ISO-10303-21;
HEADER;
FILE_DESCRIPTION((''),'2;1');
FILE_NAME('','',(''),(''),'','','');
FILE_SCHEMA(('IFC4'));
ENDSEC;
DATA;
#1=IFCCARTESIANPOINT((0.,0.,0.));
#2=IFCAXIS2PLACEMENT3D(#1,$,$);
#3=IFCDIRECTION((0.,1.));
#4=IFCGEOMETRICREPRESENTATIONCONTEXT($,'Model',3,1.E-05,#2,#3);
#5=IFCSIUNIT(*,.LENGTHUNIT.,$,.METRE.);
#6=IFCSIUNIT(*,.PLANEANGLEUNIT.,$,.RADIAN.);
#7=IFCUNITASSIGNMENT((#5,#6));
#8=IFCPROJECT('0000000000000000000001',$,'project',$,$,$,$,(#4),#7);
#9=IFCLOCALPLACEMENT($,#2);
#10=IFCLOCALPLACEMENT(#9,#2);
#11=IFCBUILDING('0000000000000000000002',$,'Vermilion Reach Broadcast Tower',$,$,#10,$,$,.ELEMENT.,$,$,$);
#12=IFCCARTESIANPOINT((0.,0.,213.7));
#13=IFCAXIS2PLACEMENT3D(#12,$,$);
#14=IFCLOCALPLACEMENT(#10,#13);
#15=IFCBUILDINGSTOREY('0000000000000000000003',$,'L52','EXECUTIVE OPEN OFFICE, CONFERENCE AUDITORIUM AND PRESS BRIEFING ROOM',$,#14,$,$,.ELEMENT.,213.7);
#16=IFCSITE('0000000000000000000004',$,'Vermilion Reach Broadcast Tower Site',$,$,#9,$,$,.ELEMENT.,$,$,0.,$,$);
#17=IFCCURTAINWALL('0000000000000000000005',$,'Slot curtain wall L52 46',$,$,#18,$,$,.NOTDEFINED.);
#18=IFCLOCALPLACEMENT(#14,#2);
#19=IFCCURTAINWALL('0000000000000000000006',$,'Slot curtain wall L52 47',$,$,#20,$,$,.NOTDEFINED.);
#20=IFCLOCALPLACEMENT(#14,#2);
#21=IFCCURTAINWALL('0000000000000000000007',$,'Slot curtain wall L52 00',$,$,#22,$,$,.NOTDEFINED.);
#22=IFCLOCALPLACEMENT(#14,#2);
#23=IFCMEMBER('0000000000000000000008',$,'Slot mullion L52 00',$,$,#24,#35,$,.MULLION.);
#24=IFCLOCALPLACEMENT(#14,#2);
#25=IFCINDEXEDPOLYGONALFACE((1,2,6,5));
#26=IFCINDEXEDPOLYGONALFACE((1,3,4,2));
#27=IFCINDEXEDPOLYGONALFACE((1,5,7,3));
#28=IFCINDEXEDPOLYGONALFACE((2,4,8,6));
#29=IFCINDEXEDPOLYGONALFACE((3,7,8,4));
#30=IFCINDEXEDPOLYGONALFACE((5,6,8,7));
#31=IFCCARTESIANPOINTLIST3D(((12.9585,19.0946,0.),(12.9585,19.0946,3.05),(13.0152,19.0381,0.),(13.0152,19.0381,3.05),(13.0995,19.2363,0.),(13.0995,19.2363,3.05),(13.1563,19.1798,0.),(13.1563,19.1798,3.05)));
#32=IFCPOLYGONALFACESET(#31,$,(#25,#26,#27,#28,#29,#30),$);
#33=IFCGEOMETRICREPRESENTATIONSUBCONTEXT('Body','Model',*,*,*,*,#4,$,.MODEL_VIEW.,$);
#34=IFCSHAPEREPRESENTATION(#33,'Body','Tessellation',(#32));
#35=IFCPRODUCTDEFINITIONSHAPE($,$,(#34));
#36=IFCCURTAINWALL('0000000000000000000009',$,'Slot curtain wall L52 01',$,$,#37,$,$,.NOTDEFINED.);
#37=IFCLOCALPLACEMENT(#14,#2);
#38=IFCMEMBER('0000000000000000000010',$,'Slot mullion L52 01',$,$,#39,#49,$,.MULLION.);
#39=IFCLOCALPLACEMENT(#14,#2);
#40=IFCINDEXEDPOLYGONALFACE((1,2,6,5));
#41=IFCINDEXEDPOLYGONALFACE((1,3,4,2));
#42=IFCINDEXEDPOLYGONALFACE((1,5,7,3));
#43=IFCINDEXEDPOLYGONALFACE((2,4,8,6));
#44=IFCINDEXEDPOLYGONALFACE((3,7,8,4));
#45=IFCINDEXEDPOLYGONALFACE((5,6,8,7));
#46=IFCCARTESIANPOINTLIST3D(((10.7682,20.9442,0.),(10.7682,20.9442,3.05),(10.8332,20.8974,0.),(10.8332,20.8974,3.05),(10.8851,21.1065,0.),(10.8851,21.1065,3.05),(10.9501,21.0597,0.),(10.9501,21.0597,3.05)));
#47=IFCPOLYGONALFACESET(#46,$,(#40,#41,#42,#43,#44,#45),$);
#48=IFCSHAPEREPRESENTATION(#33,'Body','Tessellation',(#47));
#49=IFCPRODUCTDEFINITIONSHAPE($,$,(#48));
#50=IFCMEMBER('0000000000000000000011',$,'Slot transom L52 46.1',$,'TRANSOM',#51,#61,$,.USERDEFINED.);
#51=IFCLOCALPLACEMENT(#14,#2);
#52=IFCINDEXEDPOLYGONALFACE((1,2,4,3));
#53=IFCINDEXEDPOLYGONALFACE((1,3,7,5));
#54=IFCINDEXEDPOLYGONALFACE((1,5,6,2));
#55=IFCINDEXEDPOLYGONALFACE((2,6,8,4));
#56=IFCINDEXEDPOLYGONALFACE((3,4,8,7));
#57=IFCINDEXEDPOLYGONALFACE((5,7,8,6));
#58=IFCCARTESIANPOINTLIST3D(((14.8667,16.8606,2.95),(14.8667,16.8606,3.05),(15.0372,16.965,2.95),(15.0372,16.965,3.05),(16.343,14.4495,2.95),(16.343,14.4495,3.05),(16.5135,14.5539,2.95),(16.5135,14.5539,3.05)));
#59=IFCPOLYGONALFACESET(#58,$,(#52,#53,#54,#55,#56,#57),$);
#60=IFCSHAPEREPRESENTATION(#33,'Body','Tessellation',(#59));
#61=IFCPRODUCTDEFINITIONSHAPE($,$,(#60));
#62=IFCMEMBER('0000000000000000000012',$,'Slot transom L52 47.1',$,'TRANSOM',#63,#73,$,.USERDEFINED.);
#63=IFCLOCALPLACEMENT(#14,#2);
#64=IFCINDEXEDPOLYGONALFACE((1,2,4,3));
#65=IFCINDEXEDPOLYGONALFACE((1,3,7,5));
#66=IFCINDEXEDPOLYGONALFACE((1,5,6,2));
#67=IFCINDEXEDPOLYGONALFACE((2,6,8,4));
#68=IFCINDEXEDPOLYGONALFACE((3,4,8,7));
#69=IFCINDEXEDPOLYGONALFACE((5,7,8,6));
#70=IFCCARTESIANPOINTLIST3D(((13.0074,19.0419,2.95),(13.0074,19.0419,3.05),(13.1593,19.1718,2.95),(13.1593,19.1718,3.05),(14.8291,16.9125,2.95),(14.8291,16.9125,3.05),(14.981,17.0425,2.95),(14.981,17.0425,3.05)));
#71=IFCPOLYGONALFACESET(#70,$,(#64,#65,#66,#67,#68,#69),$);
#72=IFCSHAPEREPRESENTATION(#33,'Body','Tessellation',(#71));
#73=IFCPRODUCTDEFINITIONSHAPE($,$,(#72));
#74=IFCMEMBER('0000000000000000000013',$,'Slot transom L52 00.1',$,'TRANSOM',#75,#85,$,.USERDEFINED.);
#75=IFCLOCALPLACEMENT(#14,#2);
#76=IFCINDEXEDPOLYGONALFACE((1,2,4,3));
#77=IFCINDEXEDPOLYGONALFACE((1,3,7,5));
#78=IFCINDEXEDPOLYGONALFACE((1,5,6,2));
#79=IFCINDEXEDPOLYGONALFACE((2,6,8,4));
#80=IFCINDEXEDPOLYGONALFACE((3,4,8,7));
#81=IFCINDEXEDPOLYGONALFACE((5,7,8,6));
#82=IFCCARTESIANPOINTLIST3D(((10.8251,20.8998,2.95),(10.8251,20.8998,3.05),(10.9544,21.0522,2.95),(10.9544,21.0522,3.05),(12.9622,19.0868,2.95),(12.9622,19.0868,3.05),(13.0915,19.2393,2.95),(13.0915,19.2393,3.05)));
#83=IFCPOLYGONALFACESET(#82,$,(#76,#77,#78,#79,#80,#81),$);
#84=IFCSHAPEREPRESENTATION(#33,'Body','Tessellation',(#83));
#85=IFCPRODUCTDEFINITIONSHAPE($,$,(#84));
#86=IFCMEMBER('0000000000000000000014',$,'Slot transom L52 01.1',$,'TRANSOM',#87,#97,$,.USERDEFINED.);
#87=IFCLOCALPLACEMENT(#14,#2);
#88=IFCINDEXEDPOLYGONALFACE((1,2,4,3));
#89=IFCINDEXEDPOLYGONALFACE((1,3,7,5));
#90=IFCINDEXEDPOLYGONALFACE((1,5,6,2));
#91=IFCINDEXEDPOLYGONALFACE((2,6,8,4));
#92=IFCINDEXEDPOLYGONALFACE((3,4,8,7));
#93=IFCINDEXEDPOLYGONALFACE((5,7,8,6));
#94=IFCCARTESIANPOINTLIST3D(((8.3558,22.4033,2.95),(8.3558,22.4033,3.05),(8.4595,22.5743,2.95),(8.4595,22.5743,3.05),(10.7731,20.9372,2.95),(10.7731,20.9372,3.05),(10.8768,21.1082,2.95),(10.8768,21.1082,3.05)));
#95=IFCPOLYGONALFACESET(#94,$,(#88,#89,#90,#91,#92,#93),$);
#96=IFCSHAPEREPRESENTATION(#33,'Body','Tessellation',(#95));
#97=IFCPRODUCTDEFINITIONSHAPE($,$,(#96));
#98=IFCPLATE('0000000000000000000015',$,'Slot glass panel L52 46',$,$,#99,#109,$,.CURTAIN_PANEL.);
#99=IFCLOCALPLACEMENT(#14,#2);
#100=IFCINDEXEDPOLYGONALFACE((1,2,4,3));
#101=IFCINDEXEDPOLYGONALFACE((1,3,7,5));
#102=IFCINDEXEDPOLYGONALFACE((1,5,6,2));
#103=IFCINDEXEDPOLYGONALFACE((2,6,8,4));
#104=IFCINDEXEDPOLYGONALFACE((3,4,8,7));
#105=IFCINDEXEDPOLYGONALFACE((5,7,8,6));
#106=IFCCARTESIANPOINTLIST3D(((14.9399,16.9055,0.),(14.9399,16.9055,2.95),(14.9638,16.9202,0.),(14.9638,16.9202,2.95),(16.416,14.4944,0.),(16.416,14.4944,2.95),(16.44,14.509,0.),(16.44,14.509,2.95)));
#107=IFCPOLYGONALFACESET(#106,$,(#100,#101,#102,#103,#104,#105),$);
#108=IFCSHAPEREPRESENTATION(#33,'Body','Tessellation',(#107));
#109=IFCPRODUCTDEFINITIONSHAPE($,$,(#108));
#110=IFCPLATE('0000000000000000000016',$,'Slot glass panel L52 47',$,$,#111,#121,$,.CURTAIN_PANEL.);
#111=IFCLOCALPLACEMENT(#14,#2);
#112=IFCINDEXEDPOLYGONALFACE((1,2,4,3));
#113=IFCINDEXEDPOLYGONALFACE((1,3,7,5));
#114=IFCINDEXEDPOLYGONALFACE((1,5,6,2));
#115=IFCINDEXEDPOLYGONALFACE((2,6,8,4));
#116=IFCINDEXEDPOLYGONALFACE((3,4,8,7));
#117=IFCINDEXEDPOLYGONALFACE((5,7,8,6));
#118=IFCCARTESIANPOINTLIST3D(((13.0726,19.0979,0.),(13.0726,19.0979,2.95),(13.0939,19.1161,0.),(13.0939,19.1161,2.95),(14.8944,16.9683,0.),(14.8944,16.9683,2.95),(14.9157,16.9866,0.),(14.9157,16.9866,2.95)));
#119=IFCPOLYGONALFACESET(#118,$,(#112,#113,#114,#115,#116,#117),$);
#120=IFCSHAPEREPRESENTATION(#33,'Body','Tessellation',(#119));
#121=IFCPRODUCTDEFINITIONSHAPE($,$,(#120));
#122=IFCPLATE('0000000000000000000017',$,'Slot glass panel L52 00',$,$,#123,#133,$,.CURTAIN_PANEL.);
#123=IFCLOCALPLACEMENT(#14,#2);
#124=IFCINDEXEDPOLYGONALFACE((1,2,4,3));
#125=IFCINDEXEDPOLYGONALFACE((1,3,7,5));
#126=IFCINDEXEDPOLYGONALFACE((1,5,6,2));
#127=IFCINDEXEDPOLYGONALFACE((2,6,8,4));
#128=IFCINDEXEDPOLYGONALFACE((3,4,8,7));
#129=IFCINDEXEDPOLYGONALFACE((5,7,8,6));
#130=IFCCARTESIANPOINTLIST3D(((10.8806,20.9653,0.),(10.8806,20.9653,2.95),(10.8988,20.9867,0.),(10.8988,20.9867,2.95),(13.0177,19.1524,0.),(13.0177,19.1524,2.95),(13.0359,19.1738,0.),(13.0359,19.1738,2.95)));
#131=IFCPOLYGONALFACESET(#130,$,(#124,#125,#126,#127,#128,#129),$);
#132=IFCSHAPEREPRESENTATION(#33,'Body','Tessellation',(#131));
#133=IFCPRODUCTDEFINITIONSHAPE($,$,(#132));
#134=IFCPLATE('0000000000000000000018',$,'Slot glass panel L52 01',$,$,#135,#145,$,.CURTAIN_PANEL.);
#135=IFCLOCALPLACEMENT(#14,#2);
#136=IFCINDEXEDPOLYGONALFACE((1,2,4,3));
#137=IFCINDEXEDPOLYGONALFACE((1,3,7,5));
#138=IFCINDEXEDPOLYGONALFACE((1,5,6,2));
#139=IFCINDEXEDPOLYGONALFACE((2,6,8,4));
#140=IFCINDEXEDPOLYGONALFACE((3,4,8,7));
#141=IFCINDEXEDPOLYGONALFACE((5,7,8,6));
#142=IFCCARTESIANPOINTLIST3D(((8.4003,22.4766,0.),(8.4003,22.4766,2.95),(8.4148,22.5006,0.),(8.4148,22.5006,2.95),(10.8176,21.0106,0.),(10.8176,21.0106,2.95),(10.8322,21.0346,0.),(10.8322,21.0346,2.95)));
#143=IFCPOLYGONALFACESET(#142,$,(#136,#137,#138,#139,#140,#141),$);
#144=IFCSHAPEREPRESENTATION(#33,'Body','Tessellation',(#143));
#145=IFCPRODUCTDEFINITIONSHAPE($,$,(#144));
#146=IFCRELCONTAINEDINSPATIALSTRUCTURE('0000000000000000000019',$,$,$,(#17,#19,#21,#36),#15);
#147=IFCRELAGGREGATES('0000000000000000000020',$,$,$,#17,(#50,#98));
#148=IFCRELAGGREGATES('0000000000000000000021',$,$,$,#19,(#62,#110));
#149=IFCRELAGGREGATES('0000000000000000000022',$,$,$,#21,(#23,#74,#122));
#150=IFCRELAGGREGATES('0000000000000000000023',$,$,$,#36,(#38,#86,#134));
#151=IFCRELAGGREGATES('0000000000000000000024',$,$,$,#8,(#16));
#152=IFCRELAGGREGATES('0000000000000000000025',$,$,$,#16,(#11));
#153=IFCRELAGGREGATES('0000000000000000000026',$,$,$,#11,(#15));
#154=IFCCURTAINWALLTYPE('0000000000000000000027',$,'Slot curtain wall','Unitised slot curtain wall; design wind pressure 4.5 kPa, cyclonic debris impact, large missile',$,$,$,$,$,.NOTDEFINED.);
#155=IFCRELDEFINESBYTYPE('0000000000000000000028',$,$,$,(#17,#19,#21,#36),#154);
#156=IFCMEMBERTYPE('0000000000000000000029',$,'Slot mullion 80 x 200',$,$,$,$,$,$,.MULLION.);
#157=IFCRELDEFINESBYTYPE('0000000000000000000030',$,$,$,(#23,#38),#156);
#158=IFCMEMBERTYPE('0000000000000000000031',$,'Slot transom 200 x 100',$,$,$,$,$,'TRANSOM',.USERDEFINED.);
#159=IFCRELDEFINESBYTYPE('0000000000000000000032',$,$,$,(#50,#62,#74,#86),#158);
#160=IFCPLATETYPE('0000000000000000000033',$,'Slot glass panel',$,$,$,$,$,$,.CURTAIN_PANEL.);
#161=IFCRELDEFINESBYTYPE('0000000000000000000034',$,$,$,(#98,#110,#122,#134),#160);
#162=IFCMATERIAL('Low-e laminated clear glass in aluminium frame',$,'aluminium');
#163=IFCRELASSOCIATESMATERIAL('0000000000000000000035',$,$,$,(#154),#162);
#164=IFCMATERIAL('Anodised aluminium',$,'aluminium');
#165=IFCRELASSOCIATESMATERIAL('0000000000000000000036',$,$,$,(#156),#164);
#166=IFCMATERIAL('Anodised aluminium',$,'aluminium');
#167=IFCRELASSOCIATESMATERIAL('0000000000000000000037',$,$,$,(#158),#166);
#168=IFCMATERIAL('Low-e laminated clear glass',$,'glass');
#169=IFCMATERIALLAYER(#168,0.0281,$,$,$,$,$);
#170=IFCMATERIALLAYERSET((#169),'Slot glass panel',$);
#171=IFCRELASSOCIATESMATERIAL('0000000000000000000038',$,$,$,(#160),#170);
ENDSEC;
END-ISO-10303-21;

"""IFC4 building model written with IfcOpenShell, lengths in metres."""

from ifc_helpers import new_model, si_unit, direction, frame, origin, origin_2d, place, context, subcontext, project, spatial, rectangle, extrude, material, layer, layer_set, material_profile, profile_set, type_object, element, aggregate, save


model = new_model("IFC4")

# Units and contexts
model_context = context("Model", 3, precision=1e-05, world=origin(), true_north=direction((0.0, 1.0)))
body_context = subcontext(model_context, "Body", "Model", "MODEL_VIEW")
ifc_project = project(units=[si_unit("LENGTHUNIT", "METRE"), si_unit("PLANEANGLEUNIT", "RADIAN")], contexts=[model_context])

# Site, building, storey
site_placement = place(None, origin())
site = spatial("IfcSite", under=ifc_project, at=site_placement, Name="Vermilion Reach Broadcast Tower Site", CompositionType="ELEMENT", RefElevation=0.0)
building_placement = place(site_placement, origin())
building = spatial("IfcBuilding", under=site, at=building_placement, Name="Vermilion Reach Broadcast Tower", CompositionType="ELEMENT")
storey_placement = place(building_placement, frame((0.0, 0.0, 213.7)))
storey = spatial("IfcBuildingStorey", under=building, at=storey_placement, Name="L52", Description="EXECUTIVE OPEN OFFICE, CONFERENCE AUDITORIUM AND PRESS BRIEFING ROOM", CompositionType="ELEMENT", Elevation=213.7)

# Curtain walls, members
ifc_material_1 = material(Name="Low-e laminated clear glass in aluminium frame", Category="aluminium")
curtain_wall_type = type_object("IfcCurtainWallType", Name="Slot curtain wall", Description="Unitised slot curtain wall; design wind pressure 4.5 kPa, cyclonic debris impact, large missile", PredefinedType="NOTDEFINED", material=ifc_material_1)
placement = place(storey_placement, origin())
curtain_wall_1 = element("IfcCurtainWall", 1, at=placement, inside=storey, type_object=curtain_wall_type, Name="Slot curtain wall L52 46", PredefinedType="NOTDEFINED")
ifc_material_2 = material(Name="Anodised aluminium", Category="aluminium")
ifc_material_profile_1 = material_profile(ifc_material_2, rectangle(XDim=0.2, YDim=0.0801, at=origin_2d()), Name="Slot mullion 80 x 200")
ifc_profile_set_1 = profile_set([ifc_material_profile_1], Name="Anodised aluminium")
member_type_1 = type_object("IfcMemberType", Name="Slot mullion 80 x 200", PredefinedType="MULLION", material=ifc_profile_set_1)
curtain_wall_2 = element("IfcCurtainWall", 2, at=placement, inside=storey, type_object=curtain_wall_type, Name="Slot curtain wall L52 47", PredefinedType="NOTDEFINED")
curtain_wall_3 = element("IfcCurtainWall", 3, at=placement, inside=storey, type_object=curtain_wall_type, Name="Slot curtain wall L52 00", PredefinedType="NOTDEFINED")
member_1_placement = place(storey_placement, frame((13.0574, 19.1372, 0.0), z_axis=(0.0, 0.0, 1.0), x_axis=(-0.705624, -0.708586, 0.0)))
member_1 = element("IfcMember", 4, at=member_1_placement, type_object=member_type_1, Name="Slot mullion L52 00", PredefinedType="MULLION", context=body_context, shape_type="SweptSolid", body=[
    extrude(rectangle(XDim=0.2, YDim=0.0801, at=origin_2d()), origin(), (0.0, 0.0, 1.0), 3.05),
])
curtain_wall_4 = element("IfcCurtainWall", 5, at=placement, inside=storey, type_object=curtain_wall_type, Name="Slot curtain wall L52 01", PredefinedType="NOTDEFINED")
member_2_placement = place(storey_placement, frame((10.8591, 21.002, 0.0), z_axis=(0.0, 0.0, 1.0), x_axis=(-0.584549, -0.811359, 0.0)))
member_2 = element("IfcMember", 6, at=member_2_placement, type_object=member_type_1, Name="Slot mullion L52 01", PredefinedType="MULLION", context=body_context, shape_type="SweptSolid", body=[
    extrude(rectangle(XDim=0.2, YDim=0.0801, at=origin_2d()), origin(), (0.0, 0.0, 1.0), 3.05),
])

# Members
ifc_material_3 = material(Name="Anodised aluminium", Category="aluminium")
ifc_material_profile_2 = material_profile(ifc_material_3, rectangle(XDim=0.2, YDim=0.1001, at=origin_2d()), Name="Slot transom 200 x 100")
ifc_profile_set_2 = profile_set([ifc_material_profile_2], Name="Anodised aluminium")
member_type_2 = type_object("IfcMemberType", Name="Slot transom 200 x 100", ElementType="TRANSOM", PredefinedType="USERDEFINED", material=ifc_profile_set_2)
member_3_placement = place(storey_placement, frame((16.4282, 14.5017, 3.0), z_axis=(-0.522183, 0.852833, 0.0), x_axis=(-0.852833, -0.522183, 0.0)))
member_3 = element("IfcMember", 7, at=member_3_placement, type_object=member_type_2, Name="Slot transom L52 46.1", ObjectType="TRANSOM", PredefinedType="USERDEFINED", context=body_context, shape_type="SweptSolid", body=[
    extrude(rectangle(XDim=0.2, YDim=0.1001, at=origin_2d()), origin(), (0.0, 0.0, 1.0), 2.8271),
])
member_4_placement = place(storey_placement, frame((14.905, 16.9775, 3.0), z_axis=(-0.650088, 0.759859, 0.0), x_axis=(-0.759859, -0.650088, 0.0)))
member_4 = element("IfcMember", 8, at=member_4_placement, type_object=member_type_2, Name="Slot transom L52 47.1", ObjectType="TRANSOM", PredefinedType="USERDEFINED", context=body_context, shape_type="SweptSolid", body=[
    extrude(rectangle(XDim=0.2, YDim=0.1001, at=origin_2d()), origin(), (0.0, 0.0, 1.0), 2.8022),
])
member_5_placement = place(storey_placement, frame((13.0269, 19.1631, 3.0), z_axis=(-0.762579, 0.646895, 0.0), x_axis=(-0.646895, -0.762579, 0.0)))
member_5 = element("IfcMember", 9, at=member_5_placement, type_object=member_type_2, Name="Slot transom L52 00.1", ObjectType="TRANSOM", PredefinedType="USERDEFINED", context=body_context, shape_type="SweptSolid", body=[
    extrude(rectangle(XDim=0.2, YDim=0.1001, at=origin_2d()), origin(), (0.0, 0.0, 1.0), 2.8025),
])
member_6_placement = place(storey_placement, frame((10.825, 21.0227, 3.0), z_axis=(-0.85503, 0.518579, 0.0), x_axis=(-0.518579, -0.85503, 0.0)))
member_6 = element("IfcMember", 10, at=member_6_placement, type_object=member_type_2, Name="Slot transom L52 01.1", ObjectType="TRANSOM", PredefinedType="USERDEFINED", context=body_context, shape_type="SweptSolid", body=[
    extrude(rectangle(XDim=0.2, YDim=0.1001, at=origin_2d()), origin(), (0.0, 0.0, 1.0), 2.8271),
])

# Plates
ifc_material_4 = material(Name="Low-e laminated clear glass", Category="glass")
ifc_layer = layer(ifc_material_4, 0.0281)
ifc_layer_set = layer_set([ifc_layer], Name="Slot glass panel")
plate_type = type_object("IfcPlateType", Name="Slot glass panel", PredefinedType="CURTAIN_PANEL", material=ifc_layer_set)
plate_1_placement = place(storey_placement, frame((15.6899, 15.7073, 0.0), z_axis=(0.0, 0.0, 1.0), x_axis=(-0.522133, 0.852864, 0.0)))
plate_1 = element("IfcPlate", 11, at=plate_1_placement, type_object=plate_type, Name="Slot glass panel L52 46", PredefinedType="CURTAIN_PANEL", context=body_context, shape_type="SweptSolid", body=[
    extrude(rectangle(XDim=2.8271, YDim=0.0281, at=origin_2d()), origin(), (0.0, 0.0, 1.0), 2.95),
])
aggregate(curtain_wall_1, [member_3, plate_1])
plate_2_placement = place(storey_placement, frame((13.9941, 18.0422, 0.0), z_axis=(0.0, 0.0, 1.0), x_axis=(-0.650068, 0.759876, 0.0)))
plate_2 = element("IfcPlate", 12, at=plate_2_placement, type_object=plate_type, Name="Slot glass panel L52 47", PredefinedType="CURTAIN_PANEL", context=body_context, shape_type="SweptSolid", body=[
    extrude(rectangle(XDim=2.8025, YDim=0.0281, at=origin_2d()), origin(), (0.0, 0.0, 1.0), 2.95),
])
aggregate(curtain_wall_2, [member_4, plate_2])
plate_3_placement = place(storey_placement, frame((11.9583, 20.0696, 0.0), z_axis=(0.0, 0.0, 1.0), x_axis=(-0.762592, 0.64688, 0.0)))
plate_3 = element("IfcPlate", 13, at=plate_3_placement, type_object=plate_type, Name="Slot glass panel L52 00", PredefinedType="CURTAIN_PANEL", context=body_context, shape_type="SweptSolid", body=[
    extrude(rectangle(XDim=2.8025, YDim=0.0281, at=origin_2d()), origin(), (0.0, 0.0, 1.0), 2.95),
])
aggregate(curtain_wall_3, [member_1, member_5, plate_3])
plate_4_placement = place(storey_placement, frame((9.6162, 21.7556, 0.0), z_axis=(0.0, 0.0, 1.0), x_axis=(-0.855044, 0.518556, 0.0)))
plate_4 = element("IfcPlate", 14, at=plate_4_placement, type_object=plate_type, Name="Slot glass panel L52 01", PredefinedType="CURTAIN_PANEL", context=body_context, shape_type="SweptSolid", body=[
    extrude(rectangle(XDim=2.8271, YDim=0.0281, at=origin_2d()), origin(), (0.0, 0.0, 1.0), 2.95),
])
aggregate(curtain_wall_4, [member_2, member_6, plate_4])

save(model, "model.ifc")
